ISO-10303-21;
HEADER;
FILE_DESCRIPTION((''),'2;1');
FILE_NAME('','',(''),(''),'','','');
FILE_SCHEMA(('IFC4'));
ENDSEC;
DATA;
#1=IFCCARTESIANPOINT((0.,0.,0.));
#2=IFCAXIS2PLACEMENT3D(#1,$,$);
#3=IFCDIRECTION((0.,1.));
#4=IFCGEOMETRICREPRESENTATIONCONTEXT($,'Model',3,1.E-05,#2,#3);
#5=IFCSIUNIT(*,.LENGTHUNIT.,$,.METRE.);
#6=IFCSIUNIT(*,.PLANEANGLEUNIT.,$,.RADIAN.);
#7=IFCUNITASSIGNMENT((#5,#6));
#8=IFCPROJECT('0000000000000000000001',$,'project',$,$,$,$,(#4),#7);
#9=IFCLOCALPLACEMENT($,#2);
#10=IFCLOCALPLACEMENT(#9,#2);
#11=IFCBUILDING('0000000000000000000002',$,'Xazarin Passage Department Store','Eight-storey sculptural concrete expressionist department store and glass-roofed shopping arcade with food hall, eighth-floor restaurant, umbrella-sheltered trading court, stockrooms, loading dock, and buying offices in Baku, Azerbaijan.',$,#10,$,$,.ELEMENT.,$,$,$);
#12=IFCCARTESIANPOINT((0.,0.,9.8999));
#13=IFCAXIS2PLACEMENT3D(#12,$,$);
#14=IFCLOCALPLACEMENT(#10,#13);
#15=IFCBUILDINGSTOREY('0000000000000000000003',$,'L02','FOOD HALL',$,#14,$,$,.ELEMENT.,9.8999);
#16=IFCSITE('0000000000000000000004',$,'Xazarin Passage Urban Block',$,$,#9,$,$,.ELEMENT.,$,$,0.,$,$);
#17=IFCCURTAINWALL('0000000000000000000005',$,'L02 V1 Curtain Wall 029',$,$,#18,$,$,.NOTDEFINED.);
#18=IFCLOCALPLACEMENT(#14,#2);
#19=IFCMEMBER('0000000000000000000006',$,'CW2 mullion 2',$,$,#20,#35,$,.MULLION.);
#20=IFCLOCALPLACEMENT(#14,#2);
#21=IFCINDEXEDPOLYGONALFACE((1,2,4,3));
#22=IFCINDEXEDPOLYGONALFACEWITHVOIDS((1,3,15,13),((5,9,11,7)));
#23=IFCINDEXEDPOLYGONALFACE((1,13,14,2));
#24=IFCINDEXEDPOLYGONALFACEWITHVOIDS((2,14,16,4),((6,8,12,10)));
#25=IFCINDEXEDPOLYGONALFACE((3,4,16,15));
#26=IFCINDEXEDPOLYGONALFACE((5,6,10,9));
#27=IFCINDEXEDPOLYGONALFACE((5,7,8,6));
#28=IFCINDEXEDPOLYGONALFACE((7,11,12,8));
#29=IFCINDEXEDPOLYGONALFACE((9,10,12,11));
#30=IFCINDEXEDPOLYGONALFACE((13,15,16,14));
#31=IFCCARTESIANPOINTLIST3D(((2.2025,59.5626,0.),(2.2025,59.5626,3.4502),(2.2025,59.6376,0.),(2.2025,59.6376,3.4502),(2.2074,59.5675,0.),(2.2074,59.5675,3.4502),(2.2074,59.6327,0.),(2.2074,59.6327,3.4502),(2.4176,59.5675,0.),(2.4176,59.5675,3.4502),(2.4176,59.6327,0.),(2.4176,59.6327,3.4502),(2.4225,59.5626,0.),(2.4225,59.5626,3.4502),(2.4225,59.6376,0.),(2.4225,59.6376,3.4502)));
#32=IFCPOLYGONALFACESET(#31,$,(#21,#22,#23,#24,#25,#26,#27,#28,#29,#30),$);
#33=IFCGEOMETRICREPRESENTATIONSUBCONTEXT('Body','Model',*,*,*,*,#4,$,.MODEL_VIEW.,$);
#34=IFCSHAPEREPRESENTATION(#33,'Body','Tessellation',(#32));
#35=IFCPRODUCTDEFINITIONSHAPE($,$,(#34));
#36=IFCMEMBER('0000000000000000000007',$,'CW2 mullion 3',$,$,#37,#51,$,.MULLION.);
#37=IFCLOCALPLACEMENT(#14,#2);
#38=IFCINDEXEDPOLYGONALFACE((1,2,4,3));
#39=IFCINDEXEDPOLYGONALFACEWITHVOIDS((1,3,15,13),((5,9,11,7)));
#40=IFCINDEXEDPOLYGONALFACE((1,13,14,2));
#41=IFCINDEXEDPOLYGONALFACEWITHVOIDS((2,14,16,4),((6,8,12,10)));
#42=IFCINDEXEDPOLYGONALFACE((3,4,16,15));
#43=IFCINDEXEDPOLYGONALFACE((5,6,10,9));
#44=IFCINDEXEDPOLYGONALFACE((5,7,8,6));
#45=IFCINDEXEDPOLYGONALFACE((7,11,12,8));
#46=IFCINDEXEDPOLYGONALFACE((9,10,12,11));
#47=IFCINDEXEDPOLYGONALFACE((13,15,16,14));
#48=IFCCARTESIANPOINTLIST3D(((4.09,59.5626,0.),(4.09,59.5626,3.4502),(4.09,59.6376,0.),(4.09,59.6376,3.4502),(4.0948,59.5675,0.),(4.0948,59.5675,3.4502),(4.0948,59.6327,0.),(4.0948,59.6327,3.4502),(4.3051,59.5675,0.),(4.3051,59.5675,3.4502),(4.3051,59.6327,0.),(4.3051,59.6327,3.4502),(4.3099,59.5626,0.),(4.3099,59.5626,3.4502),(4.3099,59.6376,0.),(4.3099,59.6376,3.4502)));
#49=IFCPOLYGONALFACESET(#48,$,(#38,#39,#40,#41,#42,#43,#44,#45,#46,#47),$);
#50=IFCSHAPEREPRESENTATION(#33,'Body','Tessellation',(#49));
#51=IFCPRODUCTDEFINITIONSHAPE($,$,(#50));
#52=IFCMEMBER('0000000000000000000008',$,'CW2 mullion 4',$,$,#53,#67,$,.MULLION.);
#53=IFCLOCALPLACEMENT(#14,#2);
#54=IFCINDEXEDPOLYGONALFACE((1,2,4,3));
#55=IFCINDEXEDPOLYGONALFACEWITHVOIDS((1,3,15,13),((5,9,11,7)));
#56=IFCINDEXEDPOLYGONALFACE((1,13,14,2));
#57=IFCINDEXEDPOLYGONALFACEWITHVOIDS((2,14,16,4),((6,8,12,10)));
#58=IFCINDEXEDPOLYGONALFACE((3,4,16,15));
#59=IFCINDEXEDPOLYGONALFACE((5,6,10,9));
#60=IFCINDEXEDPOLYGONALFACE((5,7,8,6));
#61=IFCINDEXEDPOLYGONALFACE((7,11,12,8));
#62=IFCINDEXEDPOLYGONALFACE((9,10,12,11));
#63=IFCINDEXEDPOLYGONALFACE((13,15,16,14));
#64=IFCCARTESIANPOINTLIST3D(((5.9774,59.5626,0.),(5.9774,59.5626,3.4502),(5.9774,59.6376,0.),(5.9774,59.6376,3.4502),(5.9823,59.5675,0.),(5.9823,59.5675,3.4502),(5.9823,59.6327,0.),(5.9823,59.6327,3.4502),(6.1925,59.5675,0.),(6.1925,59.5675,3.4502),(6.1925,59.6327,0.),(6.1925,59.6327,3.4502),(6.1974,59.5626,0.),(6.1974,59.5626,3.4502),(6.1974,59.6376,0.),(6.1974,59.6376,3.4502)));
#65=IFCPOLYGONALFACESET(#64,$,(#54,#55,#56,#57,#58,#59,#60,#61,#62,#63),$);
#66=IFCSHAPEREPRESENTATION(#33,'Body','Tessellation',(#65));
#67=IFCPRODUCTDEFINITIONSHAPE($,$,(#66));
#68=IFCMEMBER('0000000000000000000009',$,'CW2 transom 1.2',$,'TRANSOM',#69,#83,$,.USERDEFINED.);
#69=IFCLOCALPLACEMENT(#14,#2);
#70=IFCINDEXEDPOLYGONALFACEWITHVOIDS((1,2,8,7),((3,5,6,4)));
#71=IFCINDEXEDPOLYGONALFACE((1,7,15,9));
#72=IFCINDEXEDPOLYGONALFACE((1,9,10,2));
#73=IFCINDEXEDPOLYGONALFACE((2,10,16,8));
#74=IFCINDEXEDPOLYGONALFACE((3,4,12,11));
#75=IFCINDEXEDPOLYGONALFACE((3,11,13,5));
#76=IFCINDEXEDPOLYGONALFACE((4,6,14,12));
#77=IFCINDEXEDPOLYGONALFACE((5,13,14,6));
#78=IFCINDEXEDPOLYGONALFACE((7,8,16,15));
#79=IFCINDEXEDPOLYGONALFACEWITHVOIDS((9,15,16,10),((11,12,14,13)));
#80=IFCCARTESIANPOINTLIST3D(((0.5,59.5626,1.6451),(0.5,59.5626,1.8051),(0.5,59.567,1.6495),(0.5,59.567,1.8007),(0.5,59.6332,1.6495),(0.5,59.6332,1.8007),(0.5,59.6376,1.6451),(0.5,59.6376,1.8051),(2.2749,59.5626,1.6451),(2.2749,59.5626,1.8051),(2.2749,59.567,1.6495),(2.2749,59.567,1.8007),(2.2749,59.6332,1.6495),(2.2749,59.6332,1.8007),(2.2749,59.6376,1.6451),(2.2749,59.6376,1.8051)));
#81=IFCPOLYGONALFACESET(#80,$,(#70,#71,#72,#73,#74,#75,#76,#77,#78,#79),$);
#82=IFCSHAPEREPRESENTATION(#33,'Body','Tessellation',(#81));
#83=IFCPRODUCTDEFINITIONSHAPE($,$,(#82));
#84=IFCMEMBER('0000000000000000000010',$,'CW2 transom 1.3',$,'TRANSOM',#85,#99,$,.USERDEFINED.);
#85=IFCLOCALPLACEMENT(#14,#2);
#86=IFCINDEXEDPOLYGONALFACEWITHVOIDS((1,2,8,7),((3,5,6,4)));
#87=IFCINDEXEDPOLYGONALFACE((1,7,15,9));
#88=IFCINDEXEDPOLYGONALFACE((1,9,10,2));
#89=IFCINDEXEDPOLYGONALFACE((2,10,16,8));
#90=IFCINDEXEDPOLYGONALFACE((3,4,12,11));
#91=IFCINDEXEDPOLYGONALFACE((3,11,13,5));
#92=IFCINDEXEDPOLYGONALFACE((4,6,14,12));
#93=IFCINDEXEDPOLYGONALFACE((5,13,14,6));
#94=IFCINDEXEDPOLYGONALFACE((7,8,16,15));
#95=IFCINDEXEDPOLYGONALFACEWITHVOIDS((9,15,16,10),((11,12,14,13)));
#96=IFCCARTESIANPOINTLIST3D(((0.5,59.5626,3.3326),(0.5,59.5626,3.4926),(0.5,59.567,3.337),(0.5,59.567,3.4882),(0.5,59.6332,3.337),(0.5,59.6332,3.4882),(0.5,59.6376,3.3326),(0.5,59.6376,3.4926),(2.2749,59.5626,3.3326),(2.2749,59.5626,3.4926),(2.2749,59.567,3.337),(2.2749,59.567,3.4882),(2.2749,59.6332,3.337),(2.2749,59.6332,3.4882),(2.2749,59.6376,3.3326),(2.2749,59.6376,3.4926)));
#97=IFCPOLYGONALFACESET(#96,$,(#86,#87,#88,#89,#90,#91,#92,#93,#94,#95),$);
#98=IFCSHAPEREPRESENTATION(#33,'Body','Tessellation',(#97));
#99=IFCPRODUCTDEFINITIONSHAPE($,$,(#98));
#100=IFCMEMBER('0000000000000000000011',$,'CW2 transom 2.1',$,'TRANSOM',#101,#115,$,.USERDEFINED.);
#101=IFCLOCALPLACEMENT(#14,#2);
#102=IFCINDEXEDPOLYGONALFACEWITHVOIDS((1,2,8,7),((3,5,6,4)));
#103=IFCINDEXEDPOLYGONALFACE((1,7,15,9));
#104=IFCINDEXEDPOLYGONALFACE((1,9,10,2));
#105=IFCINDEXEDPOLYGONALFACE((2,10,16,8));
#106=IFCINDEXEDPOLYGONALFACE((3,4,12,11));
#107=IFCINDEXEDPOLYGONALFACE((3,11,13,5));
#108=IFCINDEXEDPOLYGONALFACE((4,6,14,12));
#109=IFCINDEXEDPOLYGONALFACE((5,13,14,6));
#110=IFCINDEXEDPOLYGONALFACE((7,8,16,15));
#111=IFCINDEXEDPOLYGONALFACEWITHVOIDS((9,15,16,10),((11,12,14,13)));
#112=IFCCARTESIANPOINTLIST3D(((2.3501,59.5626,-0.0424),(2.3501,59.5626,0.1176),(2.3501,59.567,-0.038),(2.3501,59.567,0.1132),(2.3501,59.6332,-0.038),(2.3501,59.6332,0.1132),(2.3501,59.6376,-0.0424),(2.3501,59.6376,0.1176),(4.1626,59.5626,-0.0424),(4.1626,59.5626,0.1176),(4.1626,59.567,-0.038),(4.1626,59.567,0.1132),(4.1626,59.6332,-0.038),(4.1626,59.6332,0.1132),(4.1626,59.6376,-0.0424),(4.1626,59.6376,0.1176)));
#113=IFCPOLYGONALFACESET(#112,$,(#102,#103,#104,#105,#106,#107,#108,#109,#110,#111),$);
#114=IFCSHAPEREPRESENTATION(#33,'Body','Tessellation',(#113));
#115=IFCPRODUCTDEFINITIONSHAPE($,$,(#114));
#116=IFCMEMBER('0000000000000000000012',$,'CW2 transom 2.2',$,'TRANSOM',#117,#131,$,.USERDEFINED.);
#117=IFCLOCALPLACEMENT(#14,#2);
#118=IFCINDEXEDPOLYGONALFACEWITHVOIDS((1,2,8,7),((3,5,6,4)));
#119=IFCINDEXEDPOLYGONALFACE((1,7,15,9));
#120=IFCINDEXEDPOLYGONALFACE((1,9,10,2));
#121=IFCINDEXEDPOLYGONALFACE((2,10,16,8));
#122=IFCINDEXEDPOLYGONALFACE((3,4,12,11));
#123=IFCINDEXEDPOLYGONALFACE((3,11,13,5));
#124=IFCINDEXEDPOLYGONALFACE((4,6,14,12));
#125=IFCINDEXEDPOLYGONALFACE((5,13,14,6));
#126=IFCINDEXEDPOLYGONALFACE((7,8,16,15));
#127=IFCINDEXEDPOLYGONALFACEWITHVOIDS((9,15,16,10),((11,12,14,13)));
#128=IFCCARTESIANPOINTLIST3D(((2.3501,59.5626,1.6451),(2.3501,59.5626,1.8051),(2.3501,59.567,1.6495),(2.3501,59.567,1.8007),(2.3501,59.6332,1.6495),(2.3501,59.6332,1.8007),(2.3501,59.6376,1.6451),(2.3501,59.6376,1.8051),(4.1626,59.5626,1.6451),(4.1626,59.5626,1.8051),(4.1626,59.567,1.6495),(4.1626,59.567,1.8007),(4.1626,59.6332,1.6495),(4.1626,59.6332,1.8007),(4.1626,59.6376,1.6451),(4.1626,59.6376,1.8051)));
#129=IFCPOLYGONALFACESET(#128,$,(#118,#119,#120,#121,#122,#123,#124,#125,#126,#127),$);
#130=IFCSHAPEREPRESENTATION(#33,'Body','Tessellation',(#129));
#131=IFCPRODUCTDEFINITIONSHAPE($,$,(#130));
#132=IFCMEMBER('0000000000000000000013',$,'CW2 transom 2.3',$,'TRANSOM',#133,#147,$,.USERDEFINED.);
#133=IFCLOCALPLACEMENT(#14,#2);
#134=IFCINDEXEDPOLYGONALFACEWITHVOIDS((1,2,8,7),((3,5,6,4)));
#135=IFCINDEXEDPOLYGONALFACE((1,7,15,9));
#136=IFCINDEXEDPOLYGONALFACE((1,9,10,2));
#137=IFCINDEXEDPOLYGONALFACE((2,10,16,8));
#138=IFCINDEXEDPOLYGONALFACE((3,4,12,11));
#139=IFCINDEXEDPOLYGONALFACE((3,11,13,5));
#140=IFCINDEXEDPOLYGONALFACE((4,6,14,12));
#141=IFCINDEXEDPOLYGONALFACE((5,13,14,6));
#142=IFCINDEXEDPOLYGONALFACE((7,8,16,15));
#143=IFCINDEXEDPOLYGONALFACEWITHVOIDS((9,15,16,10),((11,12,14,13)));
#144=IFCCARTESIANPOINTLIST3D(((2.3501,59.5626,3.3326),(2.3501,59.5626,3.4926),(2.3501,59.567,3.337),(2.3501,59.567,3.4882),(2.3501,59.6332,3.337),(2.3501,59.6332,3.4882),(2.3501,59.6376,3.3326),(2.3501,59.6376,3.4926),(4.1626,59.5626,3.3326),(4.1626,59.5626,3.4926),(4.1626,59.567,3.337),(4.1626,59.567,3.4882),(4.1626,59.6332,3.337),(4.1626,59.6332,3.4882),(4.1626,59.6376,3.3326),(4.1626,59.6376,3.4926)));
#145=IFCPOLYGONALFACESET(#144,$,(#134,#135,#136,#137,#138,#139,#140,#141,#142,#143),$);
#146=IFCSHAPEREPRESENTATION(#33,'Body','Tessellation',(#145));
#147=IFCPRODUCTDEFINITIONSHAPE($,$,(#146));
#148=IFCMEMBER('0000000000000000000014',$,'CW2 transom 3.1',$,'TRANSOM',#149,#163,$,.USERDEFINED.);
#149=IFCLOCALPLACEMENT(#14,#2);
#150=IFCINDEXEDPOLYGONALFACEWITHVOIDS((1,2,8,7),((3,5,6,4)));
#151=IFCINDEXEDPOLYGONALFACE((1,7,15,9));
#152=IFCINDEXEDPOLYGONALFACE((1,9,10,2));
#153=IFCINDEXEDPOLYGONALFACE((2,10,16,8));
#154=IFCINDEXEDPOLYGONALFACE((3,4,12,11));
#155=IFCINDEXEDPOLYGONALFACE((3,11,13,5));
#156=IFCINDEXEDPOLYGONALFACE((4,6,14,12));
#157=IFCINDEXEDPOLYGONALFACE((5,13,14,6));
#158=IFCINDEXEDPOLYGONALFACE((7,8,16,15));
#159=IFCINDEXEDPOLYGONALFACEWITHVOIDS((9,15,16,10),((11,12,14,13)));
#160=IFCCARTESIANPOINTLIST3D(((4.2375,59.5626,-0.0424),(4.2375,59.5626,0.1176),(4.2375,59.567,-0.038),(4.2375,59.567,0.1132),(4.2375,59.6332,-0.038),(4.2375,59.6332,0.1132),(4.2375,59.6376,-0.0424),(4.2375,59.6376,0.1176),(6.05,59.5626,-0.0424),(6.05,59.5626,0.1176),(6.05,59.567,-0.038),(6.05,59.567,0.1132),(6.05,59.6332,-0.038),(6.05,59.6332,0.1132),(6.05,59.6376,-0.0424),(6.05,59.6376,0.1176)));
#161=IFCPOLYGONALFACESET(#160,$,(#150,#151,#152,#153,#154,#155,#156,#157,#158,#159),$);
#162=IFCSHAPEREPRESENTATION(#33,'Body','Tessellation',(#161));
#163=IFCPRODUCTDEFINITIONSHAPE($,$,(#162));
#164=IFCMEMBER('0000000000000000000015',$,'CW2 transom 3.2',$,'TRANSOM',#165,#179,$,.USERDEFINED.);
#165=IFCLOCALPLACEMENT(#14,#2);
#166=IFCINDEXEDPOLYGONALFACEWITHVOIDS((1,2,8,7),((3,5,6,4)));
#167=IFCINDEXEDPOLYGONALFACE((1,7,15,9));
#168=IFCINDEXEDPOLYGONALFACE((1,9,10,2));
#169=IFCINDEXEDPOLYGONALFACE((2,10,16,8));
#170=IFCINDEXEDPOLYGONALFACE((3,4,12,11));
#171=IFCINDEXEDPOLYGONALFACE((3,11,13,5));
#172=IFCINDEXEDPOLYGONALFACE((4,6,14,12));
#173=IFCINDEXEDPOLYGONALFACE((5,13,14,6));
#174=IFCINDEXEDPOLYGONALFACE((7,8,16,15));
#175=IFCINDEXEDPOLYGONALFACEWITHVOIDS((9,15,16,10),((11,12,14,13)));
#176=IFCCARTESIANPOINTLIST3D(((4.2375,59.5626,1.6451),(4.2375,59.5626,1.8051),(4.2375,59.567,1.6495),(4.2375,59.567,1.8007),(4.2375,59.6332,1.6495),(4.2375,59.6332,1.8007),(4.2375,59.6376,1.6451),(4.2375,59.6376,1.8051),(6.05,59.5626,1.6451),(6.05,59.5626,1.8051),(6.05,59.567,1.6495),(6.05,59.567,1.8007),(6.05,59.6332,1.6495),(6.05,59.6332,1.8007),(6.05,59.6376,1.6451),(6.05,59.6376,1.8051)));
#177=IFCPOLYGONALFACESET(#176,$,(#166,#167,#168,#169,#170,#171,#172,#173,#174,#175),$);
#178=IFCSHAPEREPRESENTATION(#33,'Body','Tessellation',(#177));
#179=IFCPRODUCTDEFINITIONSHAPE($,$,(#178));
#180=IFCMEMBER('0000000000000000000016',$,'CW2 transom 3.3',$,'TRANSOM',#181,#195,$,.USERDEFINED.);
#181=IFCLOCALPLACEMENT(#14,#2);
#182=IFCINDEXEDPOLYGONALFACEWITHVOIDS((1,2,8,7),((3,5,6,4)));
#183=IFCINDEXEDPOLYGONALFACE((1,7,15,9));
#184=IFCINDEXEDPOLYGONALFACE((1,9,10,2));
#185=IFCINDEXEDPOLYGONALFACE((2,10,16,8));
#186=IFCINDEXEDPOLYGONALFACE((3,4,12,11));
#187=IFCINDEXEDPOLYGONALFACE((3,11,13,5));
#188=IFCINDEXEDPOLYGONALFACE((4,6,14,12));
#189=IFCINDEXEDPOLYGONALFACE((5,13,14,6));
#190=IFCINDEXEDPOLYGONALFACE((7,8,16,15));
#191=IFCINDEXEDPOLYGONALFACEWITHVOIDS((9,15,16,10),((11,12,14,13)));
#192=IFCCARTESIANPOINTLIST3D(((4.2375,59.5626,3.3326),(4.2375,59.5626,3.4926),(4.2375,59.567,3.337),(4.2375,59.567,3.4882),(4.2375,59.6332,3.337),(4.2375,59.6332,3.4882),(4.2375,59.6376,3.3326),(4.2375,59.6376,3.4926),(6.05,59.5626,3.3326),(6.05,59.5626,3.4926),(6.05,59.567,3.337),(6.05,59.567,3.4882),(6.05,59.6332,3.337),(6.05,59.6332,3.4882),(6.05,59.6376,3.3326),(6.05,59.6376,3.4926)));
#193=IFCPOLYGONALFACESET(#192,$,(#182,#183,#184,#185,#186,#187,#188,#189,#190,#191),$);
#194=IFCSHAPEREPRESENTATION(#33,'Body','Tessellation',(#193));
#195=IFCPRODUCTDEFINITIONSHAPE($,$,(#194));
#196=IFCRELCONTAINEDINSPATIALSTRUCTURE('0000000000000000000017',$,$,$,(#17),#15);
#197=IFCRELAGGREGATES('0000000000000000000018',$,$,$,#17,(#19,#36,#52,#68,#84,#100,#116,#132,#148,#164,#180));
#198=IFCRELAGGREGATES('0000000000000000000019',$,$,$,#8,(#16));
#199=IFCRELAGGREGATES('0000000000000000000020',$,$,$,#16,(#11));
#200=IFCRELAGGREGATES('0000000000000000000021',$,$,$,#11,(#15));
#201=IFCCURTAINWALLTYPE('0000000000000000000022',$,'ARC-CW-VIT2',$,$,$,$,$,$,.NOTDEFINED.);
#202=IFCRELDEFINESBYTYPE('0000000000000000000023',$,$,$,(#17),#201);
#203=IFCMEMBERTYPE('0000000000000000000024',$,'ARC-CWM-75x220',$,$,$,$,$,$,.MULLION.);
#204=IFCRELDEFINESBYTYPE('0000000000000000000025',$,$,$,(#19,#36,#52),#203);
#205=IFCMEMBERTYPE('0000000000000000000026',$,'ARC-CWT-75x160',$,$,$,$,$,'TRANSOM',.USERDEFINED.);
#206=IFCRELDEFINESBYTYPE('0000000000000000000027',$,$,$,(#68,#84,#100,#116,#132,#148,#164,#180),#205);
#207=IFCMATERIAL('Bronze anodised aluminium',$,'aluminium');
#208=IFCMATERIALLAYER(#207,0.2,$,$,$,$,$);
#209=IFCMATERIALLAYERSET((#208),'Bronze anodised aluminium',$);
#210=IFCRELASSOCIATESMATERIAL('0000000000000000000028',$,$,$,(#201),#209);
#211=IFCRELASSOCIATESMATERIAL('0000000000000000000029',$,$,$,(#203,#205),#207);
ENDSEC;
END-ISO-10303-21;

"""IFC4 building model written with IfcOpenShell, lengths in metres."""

from ifc_helpers import new_model, si_unit, direction, frame, origin, origin_2d, place, context, subcontext, project, spatial, hollow_rectangle, extrude, material, layer, layer_set, material_profile, profile_set, type_object, element, aggregate, save


model = new_model("IFC4")

# Units and contexts
model_context = context("Model", 3, precision=1e-05, world=origin(), true_north=direction((0.0, 1.0)))
body_context = subcontext(model_context, "Body", "Model", "MODEL_VIEW")
ifc_project = project(units=[si_unit("LENGTHUNIT", "METRE"), si_unit("PLANEANGLEUNIT", "RADIAN")], contexts=[model_context])

# Site, building, storey
site_placement = place(None, origin())
site = spatial("IfcSite", under=ifc_project, at=site_placement, Name="Xazarin Passage Urban Block", CompositionType="ELEMENT", RefElevation=0.0)
building_placement = place(site_placement, origin())
building = spatial("IfcBuilding", under=site, at=building_placement, Name="Xazarin Passage Department Store", Description="Eight-storey sculptural concrete expressionist department store and glass-roofed shopping arcade with food hall, eighth-floor restaurant, umbrella-sheltered trading court, stockrooms, loading dock, and buying offices in Baku, Azerbaijan.", CompositionType="ELEMENT")
storey_placement = place(building_placement, frame((0.0, 0.0, 9.8999)))
storey = spatial("IfcBuildingStorey", under=building, at=storey_placement, Name="L02", Description="FOOD HALL", CompositionType="ELEMENT", Elevation=9.8999)

# Curtain wall, members
ifc_material_1 = material(Name="Bronze anodised aluminium", Category="aluminium")
ifc_layer_1 = layer(ifc_material_1, 0.2)
ifc_layer_set_1 = layer_set([ifc_layer_1], Name="Bronze anodised aluminium")
curtain_wall_type = type_object("IfcCurtainWallType", Name="ARC-CW-VIT2", PredefinedType="NOTDEFINED", material=ifc_layer_set_1)
curtain_wall_placement = place(storey_placement, origin())
curtain_wall = element("IfcCurtainWall", 1, at=curtain_wall_placement, inside=storey, type_object=curtain_wall_type, Name="L02 V1 Curtain Wall 029", PredefinedType="NOTDEFINED")
ifc_material_profile_1 = material_profile(ifc_material_1, hollow_rectangle(XDim=0.075, YDim=0.22, WallThickness=0.0049, at=origin_2d()), Name="ALU 75x220")
ifc_profile_set_1 = profile_set([ifc_material_profile_1], Name="Bronze anodised aluminium")
member_type_1 = type_object("IfcMemberType", Name="ARC-CWM-75x220", PredefinedType="MULLION", material=ifc_profile_set_1)
member_1_placement = place(storey_placement, frame((2.3125, 59.6001, 0.0), z_axis=(0.0, 0.0, 1.0), x_axis=(0.0, 1.0, 0.0)))
member_1 = element("IfcMember", 2, at=member_1_placement, type_object=member_type_1, Name="CW2 mullion 2", PredefinedType="MULLION", context=body_context, shape_type="SweptSolid", body=[
    extrude(hollow_rectangle(XDim=0.075, YDim=0.22, WallThickness=0.0049, at=origin_2d()), origin(), (0.0, 0.0, 1.0), 3.4502),
])
member_2_placement = place(storey_placement, frame((4.2, 59.6001, 0.0), z_axis=(0.0, 0.0, 1.0), x_axis=(0.0, 1.0, 0.0)))
member_2 = element("IfcMember", 3, at=member_2_placement, type_object=member_type_1, Name="CW2 mullion 3", PredefinedType="MULLION", context=body_context, shape_type="SweptSolid", body=[
    extrude(hollow_rectangle(XDim=0.075, YDim=0.22, WallThickness=0.0049, at=origin_2d()), origin(), (0.0, 0.0, 1.0), 3.4502),
])
member_3_placement = place(storey_placement, frame((6.0874, 59.6001, 0.0), z_axis=(0.0, 0.0, 1.0), x_axis=(0.0, 1.0, 0.0)))
member_3 = element("IfcMember", 4, at=member_3_placement, type_object=member_type_1, Name="CW2 mullion 4", PredefinedType="MULLION", context=body_context, shape_type="SweptSolid", body=[
    extrude(hollow_rectangle(XDim=0.075, YDim=0.22, WallThickness=0.0049, at=origin_2d()), origin(), (0.0, 0.0, 1.0), 3.4502),
])
ifc_material_profile_2 = material_profile(ifc_material_1, hollow_rectangle(XDim=0.075, YDim=0.1599, WallThickness=0.0044, at=origin_2d()), Name="ALU 75x160")
ifc_profile_set_2 = profile_set([ifc_material_profile_2], Name="Bronze anodised aluminium")
member_type_2 = type_object("IfcMemberType", Name="ARC-CWT-75x160", ElementType="TRANSOM", PredefinedType="USERDEFINED", material=ifc_profile_set_2)
member_4_placement = place(storey_placement, frame((0.5, 59.6001, 1.7251), z_axis=(1.0, 0.0, 0.0), x_axis=(0.0, 1.0, 0.0)))
member_4 = element("IfcMember", 5, at=member_4_placement, type_object=member_type_2, Name="CW2 transom 1.2", ObjectType="TRANSOM", PredefinedType="USERDEFINED", context=body_context, shape_type="SweptSolid", body=[
    extrude(hollow_rectangle(XDim=0.075, YDim=0.1599, WallThickness=0.0044, at=origin_2d()), origin(), (0.0, 0.0, 1.0), 1.7749),
])
member_5_placement = place(storey_placement, frame((0.5, 59.6001, 3.4126), z_axis=(1.0, 0.0, 0.0), x_axis=(0.0, 1.0, 0.0)))
member_5 = element("IfcMember", 6, at=member_5_placement, type_object=member_type_2, Name="CW2 transom 1.3", ObjectType="TRANSOM", PredefinedType="USERDEFINED", context=body_context, shape_type="SweptSolid", body=[
    extrude(hollow_rectangle(XDim=0.075, YDim=0.1599, WallThickness=0.0044, at=origin_2d()), origin(), (0.0, 0.0, 1.0), 1.7749),
])
member_6_placement = place(storey_placement, frame((2.3501, 59.6001, 0.0376), z_axis=(1.0, 0.0, 0.0), x_axis=(0.0, 1.0, 0.0)))
member_6 = element("IfcMember", 7, at=member_6_placement, type_object=member_type_2, Name="CW2 transom 2.1", ObjectType="TRANSOM", PredefinedType="USERDEFINED", context=body_context, shape_type="SweptSolid", body=[
    extrude(hollow_rectangle(XDim=0.075, YDim=0.1599, WallThickness=0.0044, at=origin_2d()), origin(), (0.0, 0.0, 1.0), 1.8125),
])
member_7_placement = place(storey_placement, frame((2.3501, 59.6001, 1.7251), z_axis=(1.0, 0.0, 0.0), x_axis=(0.0, 1.0, 0.0)))
member_7 = element("IfcMember", 8, at=member_7_placement, type_object=member_type_2, Name="CW2 transom 2.2", ObjectType="TRANSOM", PredefinedType="USERDEFINED", context=body_context, shape_type="SweptSolid", body=[
    extrude(hollow_rectangle(XDim=0.075, YDim=0.1599, WallThickness=0.0044, at=origin_2d()), origin(), (0.0, 0.0, 1.0), 1.8125),
])
member_8_placement = place(storey_placement, frame((2.3501, 59.6001, 3.4126), z_axis=(1.0, 0.0, 0.0), x_axis=(0.0, 1.0, 0.0)))
member_8 = element("IfcMember", 9, at=member_8_placement, type_object=member_type_2, Name="CW2 transom 2.3", ObjectType="TRANSOM", PredefinedType="USERDEFINED", context=body_context, shape_type="SweptSolid", body=[
    extrude(hollow_rectangle(XDim=0.075, YDim=0.1599, WallThickness=0.0044, at=origin_2d()), origin(), (0.0, 0.0, 1.0), 1.8125),
])
member_9_placement = place(storey_placement, frame((4.2375, 59.6001, 0.0376), z_axis=(1.0, 0.0, 0.0), x_axis=(0.0, 1.0, 0.0)))
member_9 = element("IfcMember", 10, at=member_9_placement, type_object=member_type_2, Name="CW2 transom 3.1", ObjectType="TRANSOM", PredefinedType="USERDEFINED", context=body_context, shape_type="SweptSolid", body=[
    extrude(hollow_rectangle(XDim=0.075, YDim=0.1599, WallThickness=0.0044, at=origin_2d()), origin(), (0.0, 0.0, 1.0), 1.8125),
])
member_10_placement = place(storey_placement, frame((4.2375, 59.6001, 1.7251), z_axis=(1.0, 0.0, 0.0), x_axis=(0.0, 1.0, 0.0)))
member_10 = element("IfcMember", 11, at=member_10_placement, type_object=member_type_2, Name="CW2 transom 3.2", ObjectType="TRANSOM", PredefinedType="USERDEFINED", context=body_context, shape_type="SweptSolid", body=[
    extrude(hollow_rectangle(XDim=0.075, YDim=0.1599, WallThickness=0.0044, at=origin_2d()), origin(), (0.0, 0.0, 1.0), 1.8125),
])
member_11_placement = place(storey_placement, frame((4.2375, 59.6001, 3.4126), z_axis=(1.0, 0.0, 0.0), x_axis=(0.0, 1.0, 0.0)))
member_11 = element("IfcMember", 12, at=member_11_placement, type_object=member_type_2, Name="CW2 transom 3.3", ObjectType="TRANSOM", PredefinedType="USERDEFINED", context=body_context, shape_type="SweptSolid", body=[
    extrude(hollow_rectangle(XDim=0.075, YDim=0.1599, WallThickness=0.0044, at=origin_2d()), origin(), (0.0, 0.0, 1.0), 1.8125),
])

aggregate(curtain_wall, [member_1, member_2, member_3, member_4, member_5, member_6, member_7, member_8, member_9, member_10, member_11])

save(model, "model.ifc")
